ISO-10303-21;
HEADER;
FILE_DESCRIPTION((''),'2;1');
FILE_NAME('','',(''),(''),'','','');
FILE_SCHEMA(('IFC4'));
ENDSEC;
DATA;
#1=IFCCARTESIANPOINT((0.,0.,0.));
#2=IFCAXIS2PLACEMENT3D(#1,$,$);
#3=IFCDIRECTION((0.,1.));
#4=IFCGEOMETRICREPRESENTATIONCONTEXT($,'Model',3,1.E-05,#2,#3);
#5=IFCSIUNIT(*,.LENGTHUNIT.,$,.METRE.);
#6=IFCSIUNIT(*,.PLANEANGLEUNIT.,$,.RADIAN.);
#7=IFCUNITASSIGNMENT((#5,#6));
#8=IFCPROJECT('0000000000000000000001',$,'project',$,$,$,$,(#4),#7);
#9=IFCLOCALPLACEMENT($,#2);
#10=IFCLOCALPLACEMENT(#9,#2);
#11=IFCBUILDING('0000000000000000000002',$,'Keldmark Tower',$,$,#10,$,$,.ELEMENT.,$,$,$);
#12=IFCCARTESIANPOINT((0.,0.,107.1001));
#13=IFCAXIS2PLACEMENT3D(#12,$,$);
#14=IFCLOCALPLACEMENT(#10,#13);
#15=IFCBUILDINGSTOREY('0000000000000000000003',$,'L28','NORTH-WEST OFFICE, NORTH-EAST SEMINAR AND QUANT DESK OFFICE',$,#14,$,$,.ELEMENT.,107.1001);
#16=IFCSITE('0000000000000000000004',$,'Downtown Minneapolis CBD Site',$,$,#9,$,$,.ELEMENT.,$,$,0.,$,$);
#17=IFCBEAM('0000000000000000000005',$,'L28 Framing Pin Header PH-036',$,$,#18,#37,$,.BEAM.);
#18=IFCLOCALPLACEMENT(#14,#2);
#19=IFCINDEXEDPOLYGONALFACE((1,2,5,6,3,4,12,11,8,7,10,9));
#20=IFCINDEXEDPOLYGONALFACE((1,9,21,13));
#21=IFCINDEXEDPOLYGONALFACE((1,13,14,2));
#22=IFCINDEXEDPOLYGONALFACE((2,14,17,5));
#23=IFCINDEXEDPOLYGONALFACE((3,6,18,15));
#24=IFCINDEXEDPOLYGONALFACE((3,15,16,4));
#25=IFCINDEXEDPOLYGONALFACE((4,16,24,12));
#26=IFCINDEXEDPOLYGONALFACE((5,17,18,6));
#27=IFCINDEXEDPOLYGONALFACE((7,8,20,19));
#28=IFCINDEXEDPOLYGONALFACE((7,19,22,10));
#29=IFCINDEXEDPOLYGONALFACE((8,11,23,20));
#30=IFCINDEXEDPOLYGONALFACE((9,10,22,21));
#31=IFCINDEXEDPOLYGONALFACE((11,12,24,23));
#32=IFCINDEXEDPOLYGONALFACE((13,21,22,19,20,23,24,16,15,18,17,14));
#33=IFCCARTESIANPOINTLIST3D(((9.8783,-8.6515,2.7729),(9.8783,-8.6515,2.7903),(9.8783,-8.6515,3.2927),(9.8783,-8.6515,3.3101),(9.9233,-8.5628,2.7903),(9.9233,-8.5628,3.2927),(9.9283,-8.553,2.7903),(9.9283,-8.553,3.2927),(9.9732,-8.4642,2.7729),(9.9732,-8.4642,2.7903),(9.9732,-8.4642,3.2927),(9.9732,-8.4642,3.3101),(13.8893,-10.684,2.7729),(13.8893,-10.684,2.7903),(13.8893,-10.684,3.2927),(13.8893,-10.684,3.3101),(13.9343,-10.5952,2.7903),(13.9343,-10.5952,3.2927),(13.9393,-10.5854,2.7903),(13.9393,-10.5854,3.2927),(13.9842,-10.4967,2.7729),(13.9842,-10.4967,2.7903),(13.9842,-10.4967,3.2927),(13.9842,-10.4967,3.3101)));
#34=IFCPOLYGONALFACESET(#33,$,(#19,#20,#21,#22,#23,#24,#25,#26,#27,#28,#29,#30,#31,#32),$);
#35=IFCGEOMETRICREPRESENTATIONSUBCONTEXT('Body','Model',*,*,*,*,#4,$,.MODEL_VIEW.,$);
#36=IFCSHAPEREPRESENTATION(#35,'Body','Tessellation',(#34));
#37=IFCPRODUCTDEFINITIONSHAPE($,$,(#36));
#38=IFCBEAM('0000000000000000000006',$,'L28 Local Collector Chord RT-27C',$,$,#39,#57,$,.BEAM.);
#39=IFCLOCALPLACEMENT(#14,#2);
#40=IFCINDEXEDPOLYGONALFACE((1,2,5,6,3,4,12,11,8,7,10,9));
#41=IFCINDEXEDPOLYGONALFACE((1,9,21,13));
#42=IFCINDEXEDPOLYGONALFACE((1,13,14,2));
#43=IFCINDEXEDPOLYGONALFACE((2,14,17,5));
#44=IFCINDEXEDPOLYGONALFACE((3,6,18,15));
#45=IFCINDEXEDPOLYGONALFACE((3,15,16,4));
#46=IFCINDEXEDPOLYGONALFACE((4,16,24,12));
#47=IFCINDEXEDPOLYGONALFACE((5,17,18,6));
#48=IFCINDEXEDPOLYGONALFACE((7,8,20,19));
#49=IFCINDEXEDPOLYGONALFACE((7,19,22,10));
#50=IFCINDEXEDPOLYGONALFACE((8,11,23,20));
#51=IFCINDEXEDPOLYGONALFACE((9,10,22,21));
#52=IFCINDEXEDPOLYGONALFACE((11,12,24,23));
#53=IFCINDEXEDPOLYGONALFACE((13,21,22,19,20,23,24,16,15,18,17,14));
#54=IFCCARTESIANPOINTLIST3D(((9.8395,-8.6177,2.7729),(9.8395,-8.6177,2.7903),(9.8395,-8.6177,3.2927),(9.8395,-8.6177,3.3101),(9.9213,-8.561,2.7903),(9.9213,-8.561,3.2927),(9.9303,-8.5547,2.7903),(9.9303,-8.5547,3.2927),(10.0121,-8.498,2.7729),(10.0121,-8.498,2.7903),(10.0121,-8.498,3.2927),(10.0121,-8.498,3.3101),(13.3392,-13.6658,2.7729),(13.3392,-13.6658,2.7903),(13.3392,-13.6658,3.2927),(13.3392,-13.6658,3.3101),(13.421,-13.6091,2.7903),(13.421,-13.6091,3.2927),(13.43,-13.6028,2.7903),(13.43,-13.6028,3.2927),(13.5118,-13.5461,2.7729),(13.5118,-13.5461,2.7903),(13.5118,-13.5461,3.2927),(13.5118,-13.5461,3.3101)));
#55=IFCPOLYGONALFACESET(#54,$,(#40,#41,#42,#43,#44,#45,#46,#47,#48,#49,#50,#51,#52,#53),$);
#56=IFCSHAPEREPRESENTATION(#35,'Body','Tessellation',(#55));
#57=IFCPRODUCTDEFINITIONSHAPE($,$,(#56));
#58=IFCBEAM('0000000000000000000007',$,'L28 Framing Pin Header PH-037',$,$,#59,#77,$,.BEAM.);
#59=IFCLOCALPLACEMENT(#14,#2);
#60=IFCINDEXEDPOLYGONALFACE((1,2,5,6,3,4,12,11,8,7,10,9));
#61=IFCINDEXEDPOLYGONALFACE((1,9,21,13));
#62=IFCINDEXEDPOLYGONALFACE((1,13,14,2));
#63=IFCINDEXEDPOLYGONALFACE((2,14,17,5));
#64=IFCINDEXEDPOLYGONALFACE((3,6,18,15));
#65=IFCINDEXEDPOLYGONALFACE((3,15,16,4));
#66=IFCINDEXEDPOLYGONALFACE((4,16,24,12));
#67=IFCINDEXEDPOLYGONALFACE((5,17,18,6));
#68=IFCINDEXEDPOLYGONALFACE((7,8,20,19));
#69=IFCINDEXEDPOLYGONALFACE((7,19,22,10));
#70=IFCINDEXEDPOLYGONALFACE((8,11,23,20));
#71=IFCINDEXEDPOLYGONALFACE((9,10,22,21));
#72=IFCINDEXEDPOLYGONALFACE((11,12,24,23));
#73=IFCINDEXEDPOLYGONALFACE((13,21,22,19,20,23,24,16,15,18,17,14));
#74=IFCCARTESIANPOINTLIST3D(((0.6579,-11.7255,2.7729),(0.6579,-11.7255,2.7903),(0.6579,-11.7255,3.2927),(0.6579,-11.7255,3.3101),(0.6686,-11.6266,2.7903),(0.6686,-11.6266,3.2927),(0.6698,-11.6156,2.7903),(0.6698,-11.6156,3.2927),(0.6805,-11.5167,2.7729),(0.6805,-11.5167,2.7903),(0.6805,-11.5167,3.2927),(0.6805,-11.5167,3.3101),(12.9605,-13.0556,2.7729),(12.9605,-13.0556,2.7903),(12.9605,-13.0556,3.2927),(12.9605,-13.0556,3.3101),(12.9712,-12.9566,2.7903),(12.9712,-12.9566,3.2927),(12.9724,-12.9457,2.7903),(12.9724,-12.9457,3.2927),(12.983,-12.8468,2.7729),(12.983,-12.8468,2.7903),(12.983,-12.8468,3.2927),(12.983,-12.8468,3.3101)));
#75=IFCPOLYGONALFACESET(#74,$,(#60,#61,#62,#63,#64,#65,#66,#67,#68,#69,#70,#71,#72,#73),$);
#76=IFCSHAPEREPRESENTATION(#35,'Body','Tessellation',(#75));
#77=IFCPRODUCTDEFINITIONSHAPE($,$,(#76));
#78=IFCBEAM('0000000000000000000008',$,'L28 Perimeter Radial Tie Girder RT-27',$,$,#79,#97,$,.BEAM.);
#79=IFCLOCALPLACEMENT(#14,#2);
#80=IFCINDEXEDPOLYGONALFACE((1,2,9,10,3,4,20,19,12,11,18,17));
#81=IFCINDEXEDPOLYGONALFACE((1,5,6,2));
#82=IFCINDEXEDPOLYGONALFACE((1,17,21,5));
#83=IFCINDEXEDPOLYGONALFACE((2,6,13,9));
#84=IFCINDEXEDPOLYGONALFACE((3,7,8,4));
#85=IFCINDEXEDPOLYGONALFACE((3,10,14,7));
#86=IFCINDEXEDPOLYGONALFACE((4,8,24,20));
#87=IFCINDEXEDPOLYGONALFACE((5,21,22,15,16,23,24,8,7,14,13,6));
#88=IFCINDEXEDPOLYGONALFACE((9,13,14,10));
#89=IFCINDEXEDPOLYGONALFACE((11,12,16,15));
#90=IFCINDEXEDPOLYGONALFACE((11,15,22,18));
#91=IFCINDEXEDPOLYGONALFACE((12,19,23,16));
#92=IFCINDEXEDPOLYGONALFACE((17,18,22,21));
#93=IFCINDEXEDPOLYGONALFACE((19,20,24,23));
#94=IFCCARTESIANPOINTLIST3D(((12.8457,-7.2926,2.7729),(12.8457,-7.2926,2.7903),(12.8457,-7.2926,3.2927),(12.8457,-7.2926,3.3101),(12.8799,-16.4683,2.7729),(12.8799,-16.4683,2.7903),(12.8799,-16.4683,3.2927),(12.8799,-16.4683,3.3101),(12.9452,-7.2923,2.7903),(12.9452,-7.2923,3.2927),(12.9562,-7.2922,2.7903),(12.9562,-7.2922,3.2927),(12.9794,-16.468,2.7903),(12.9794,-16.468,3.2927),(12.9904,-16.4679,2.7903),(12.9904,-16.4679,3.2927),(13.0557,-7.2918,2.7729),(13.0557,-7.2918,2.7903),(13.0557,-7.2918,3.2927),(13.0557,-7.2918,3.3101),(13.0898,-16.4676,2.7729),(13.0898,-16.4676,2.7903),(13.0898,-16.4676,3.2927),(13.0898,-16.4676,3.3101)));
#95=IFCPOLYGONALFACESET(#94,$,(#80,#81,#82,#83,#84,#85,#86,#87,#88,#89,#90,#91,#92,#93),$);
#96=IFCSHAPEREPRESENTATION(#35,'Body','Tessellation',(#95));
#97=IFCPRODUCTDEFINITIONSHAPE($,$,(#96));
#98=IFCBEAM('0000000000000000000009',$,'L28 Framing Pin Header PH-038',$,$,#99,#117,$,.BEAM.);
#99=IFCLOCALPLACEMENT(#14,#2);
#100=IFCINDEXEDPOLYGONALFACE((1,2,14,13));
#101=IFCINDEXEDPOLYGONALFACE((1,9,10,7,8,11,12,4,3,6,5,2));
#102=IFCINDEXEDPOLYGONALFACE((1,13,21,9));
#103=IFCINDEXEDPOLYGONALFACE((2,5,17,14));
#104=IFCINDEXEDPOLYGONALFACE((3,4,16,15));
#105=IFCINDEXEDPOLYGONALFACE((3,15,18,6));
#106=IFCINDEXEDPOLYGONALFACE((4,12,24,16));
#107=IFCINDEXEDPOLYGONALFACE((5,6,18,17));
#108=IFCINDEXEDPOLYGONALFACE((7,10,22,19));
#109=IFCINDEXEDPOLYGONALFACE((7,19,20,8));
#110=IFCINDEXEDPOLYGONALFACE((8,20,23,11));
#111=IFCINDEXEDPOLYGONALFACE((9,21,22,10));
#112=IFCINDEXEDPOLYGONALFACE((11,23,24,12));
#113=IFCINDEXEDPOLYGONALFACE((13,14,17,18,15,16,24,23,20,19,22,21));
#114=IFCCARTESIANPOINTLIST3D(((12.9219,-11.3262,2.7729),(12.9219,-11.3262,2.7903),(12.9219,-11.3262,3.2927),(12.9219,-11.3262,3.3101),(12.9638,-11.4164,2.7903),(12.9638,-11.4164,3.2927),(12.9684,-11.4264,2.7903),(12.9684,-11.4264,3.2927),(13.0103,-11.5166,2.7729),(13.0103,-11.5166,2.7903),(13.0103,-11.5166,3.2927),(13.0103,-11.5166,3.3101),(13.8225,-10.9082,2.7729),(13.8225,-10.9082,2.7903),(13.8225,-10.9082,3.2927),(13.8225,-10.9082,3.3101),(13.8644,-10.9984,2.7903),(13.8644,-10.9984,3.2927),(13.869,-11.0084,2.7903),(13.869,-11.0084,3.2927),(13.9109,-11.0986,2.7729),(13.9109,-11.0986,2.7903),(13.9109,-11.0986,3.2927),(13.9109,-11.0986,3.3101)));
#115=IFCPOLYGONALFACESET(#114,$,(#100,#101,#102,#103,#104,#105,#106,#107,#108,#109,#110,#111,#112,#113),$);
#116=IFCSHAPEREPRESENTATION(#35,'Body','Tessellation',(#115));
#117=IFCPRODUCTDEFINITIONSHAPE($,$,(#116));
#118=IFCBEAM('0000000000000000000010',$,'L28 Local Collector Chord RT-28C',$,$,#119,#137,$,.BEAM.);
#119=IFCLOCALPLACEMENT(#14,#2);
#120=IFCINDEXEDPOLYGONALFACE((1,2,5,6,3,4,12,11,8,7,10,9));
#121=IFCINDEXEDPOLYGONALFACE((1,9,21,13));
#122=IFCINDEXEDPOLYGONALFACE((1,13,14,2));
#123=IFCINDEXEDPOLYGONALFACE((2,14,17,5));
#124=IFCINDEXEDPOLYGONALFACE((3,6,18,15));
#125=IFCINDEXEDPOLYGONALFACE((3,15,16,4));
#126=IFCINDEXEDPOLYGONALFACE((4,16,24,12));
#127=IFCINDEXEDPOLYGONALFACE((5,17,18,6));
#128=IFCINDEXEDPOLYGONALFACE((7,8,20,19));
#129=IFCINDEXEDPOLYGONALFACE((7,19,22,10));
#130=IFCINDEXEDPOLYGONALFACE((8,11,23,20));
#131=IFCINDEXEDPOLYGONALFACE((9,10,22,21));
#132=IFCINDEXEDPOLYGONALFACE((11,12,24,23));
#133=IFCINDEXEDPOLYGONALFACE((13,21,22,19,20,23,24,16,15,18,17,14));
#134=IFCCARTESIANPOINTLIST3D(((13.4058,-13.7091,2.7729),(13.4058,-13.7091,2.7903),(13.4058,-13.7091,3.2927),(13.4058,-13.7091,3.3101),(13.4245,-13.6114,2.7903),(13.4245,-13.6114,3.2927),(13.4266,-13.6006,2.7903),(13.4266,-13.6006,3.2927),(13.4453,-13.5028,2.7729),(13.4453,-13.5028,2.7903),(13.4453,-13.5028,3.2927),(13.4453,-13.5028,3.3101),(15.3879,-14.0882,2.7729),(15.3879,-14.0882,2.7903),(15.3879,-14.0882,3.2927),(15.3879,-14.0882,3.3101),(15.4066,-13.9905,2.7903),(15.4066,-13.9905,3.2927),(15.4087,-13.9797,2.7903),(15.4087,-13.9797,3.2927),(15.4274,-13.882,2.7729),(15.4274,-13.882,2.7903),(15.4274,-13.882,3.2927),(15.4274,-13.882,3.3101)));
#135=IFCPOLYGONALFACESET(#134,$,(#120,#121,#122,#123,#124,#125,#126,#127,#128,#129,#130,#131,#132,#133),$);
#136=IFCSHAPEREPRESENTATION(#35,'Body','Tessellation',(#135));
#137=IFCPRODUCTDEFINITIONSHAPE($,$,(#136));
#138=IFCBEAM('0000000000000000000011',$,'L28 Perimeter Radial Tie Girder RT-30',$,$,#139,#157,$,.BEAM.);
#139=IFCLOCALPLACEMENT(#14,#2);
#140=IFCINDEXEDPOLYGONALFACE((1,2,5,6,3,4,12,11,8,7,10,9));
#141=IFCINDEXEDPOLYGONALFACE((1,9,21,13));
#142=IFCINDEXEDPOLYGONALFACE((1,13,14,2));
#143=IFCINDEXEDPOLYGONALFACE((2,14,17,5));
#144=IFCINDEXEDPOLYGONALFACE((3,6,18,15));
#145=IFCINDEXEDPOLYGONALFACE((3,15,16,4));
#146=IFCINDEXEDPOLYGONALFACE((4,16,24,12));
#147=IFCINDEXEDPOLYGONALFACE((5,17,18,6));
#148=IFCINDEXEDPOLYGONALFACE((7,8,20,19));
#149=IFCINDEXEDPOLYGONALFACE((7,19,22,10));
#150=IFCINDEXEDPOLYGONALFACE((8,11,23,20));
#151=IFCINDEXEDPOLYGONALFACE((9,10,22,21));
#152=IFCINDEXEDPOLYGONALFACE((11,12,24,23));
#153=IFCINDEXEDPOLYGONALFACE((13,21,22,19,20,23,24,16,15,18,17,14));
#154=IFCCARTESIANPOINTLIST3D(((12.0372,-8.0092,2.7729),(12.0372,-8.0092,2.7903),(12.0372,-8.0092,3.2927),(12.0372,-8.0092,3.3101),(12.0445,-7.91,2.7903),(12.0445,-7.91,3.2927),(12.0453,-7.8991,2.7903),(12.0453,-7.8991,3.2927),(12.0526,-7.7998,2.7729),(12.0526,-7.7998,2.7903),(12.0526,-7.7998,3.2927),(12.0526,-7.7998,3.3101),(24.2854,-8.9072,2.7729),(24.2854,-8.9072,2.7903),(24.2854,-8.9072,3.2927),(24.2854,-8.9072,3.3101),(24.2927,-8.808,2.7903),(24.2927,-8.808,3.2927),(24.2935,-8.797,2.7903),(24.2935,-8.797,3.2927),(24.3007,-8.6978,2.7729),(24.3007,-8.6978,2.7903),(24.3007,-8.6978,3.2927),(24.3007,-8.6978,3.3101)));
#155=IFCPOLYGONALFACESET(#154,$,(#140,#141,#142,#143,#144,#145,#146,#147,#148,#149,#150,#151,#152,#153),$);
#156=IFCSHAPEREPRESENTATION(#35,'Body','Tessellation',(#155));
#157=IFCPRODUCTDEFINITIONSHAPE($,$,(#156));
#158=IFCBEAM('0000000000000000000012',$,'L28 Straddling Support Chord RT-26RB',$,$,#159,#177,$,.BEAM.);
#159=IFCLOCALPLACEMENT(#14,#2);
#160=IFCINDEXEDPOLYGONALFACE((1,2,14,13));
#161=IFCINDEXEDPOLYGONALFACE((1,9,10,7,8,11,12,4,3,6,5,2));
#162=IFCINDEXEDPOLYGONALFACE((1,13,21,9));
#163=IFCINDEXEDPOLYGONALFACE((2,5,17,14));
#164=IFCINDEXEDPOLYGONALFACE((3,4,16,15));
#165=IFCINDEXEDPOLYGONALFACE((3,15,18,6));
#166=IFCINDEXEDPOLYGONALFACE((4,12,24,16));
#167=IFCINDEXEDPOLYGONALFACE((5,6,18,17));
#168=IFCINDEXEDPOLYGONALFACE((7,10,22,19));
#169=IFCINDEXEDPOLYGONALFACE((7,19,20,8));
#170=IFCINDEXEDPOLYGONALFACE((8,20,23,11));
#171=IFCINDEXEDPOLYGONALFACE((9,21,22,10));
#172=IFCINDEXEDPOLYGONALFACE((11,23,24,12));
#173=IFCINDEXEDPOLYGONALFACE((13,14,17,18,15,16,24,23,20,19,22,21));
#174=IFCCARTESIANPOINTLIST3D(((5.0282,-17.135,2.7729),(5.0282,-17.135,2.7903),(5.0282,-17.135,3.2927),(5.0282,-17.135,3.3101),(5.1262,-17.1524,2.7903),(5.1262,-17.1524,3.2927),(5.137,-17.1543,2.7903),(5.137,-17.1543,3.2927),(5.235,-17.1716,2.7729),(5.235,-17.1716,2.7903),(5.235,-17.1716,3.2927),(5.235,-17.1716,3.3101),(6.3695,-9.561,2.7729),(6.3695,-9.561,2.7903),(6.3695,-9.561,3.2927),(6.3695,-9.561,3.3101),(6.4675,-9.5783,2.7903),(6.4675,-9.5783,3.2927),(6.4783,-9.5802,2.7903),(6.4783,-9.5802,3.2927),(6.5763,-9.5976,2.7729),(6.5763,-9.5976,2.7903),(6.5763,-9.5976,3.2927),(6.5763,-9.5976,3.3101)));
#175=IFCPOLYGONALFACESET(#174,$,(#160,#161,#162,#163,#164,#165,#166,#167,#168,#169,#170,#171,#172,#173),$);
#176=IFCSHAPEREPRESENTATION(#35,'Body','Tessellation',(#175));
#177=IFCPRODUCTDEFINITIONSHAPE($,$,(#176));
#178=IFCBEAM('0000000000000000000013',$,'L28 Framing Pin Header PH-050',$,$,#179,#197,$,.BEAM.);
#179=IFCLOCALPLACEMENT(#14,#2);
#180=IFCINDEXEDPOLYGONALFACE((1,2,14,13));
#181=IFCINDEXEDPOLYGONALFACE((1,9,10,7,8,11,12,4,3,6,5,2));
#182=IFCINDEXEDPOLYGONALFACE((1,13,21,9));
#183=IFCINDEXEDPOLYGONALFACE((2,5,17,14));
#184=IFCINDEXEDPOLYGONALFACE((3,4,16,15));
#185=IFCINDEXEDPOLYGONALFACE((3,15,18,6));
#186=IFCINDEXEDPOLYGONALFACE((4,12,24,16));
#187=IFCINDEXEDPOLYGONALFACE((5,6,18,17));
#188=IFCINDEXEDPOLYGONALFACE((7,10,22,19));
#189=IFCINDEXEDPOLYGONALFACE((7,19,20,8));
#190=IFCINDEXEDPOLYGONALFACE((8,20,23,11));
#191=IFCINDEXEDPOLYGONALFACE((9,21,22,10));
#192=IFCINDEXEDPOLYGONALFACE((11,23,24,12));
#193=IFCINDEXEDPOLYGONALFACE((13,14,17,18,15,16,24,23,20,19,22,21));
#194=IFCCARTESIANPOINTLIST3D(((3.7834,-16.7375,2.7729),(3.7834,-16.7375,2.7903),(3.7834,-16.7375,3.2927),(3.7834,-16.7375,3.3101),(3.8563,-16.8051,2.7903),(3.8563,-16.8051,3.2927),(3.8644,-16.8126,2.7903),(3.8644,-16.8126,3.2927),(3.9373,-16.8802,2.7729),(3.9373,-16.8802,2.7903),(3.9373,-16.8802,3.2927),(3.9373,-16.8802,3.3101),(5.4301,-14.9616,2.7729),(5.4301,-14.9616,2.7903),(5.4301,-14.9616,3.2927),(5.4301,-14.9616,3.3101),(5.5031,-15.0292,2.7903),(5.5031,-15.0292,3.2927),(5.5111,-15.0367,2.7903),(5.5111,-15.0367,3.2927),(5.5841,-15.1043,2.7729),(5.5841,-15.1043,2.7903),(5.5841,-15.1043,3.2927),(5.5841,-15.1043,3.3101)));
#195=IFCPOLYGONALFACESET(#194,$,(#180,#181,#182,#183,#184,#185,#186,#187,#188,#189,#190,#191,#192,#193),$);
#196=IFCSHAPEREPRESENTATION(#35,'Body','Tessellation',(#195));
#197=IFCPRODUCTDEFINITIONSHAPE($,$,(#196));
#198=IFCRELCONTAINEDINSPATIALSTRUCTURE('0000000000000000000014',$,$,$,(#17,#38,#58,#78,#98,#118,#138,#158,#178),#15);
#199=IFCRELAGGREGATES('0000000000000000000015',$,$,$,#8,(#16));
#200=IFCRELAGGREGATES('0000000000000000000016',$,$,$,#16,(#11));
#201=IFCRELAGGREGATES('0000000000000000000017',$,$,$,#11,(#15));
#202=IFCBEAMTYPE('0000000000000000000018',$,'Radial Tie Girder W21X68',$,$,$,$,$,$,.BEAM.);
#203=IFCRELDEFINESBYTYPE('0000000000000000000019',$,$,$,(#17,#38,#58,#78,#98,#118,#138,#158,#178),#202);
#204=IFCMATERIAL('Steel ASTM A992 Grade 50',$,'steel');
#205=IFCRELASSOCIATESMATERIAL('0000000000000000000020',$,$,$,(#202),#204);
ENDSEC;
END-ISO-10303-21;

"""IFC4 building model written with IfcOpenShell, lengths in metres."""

from ifc_helpers import new_model, si_unit, direction, frame, origin, origin_2d, place, context, subcontext, project, spatial, i_section, extrude, material, material_profile, profile_set, type_object, element, save


model = new_model("IFC4")

# Units and contexts
model_context = context("Model", 3, precision=1e-05, world=origin(), true_north=direction((0.0, 1.0)))
body_context = subcontext(model_context, "Body", "Model", "MODEL_VIEW")
ifc_project = project(units=[si_unit("LENGTHUNIT", "METRE"), si_unit("PLANEANGLEUNIT", "RADIAN")], contexts=[model_context])

# Site, building, storey
site_placement = place(None, origin())
site = spatial("IfcSite", under=ifc_project, at=site_placement, Name="Downtown Minneapolis CBD Site", CompositionType="ELEMENT", RefElevation=0.0)
building_placement = place(site_placement, origin())
building = spatial("IfcBuilding", under=site, at=building_placement, Name="Keldmark Tower", CompositionType="ELEMENT")
storey_placement = place(building_placement, frame((0.0, 0.0, 107.1001)))
storey = spatial("IfcBuildingStorey", under=building, at=storey_placement, Name="L28", Description="NORTH-WEST OFFICE, NORTH-EAST SEMINAR AND QUANT DESK OFFICE", CompositionType="ELEMENT", Elevation=107.1001)

# Beams
ifc_material_1 = material(Name="Steel ASTM A992 Grade 50", Category="steel")
ifc_material_profile_1 = material_profile(ifc_material_1, i_section(OverallWidth=0.21, OverallDepth=0.5371, WebThickness=0.011, FlangeThickness=0.0173, at=origin_2d()), Name="W21X68")
ifc_profile_set_1 = profile_set([ifc_material_profile_1], Name="Steel ASTM A992 Grade 50")
beam_type_1 = type_object("IfcBeamType", Name="Radial Tie Girder W21X68", PredefinedType="BEAM", material=ifc_profile_set_1)
beam_1_placement = place(storey_placement, frame((9.9258, -8.5579, 3.0415), z_axis=(0.892014, -0.452007, 0.0), x_axis=(0.452007, 0.892014, 0.0)))
element("IfcBeam", 1, at=beam_1_placement, inside=storey, type_object=beam_type_1, Name="L28 Framing Pin Header PH-036", PredefinedType="BEAM", context=body_context, shape_type="SweptSolid", body=[
    extrude(i_section(OverallWidth=0.21, OverallDepth=0.5371, WebThickness=0.011, FlangeThickness=0.0173, at=origin_2d()), origin(), (0.0, 0.0, 1.0), 4.4966),
])
beam_2_placement = place(storey_placement, frame((9.9258, -8.5579, 3.0415), z_axis=(0.569751, -0.821817, 0.0), x_axis=(0.821817, 0.569751, 0.0)))
element("IfcBeam", 2, at=beam_2_placement, inside=storey, type_object=beam_type_1, Name="L28 Local Collector Chord RT-27C", PredefinedType="BEAM", context=body_context, shape_type="SweptSolid", body=[
    extrude(i_section(OverallWidth=0.21, OverallDepth=0.5371, WebThickness=0.011, FlangeThickness=0.0173, at=origin_2d()), origin(), (0.0, 0.0, 1.0), 6.1426),
])
beam_3_placement = place(storey_placement, frame((0.6692, -11.6211, 3.0415), z_axis=(0.994206, -0.107488, 0.0), x_axis=(0.107488, 0.994206, 0.0)))
element("IfcBeam", 3, at=beam_3_placement, inside=storey, type_object=beam_type_1, Name="L28 Framing Pin Header PH-037", PredefinedType="BEAM", context=body_context, shape_type="SweptSolid", body=[
    extrude(i_section(OverallWidth=0.21, OverallDepth=0.5371, WebThickness=0.011, FlangeThickness=0.0173, at=origin_2d()), origin(), (0.0, 0.0, 1.0), 12.3743),
])
beam_4_placement = place(storey_placement, frame((12.9507, -7.2922, 3.0415), z_axis=(0.003725, -0.999993, 0.0), x_axis=(0.999993, 0.003725, 0.0)))
element("IfcBeam", 4, at=beam_4_placement, inside=storey, type_object=beam_type_1, Name="L28 Perimeter Radial Tie Girder RT-27", PredefinedType="BEAM", context=body_context, shape_type="SweptSolid", body=[
    extrude(i_section(OverallWidth=0.21, OverallDepth=0.5371, WebThickness=0.011, FlangeThickness=0.0173, at=origin_2d()), origin(), (0.0, 0.0, 1.0), 9.1758),
])
beam_5_placement = place(storey_placement, frame((12.9661, -11.4214, 3.0415), z_axis=(0.907079, 0.42096, 0.0), x_axis=(-0.42096, 0.907079, 0.0)))
element("IfcBeam", 5, at=beam_5_placement, inside=storey, type_object=beam_type_1, Name="L28 Framing Pin Header PH-038", PredefinedType="BEAM", context=body_context, shape_type="SweptSolid", body=[
    extrude(i_section(OverallWidth=0.21, OverallDepth=0.5371, WebThickness=0.011, FlangeThickness=0.0173, at=origin_2d()), origin(), (0.0, 0.0, 1.0), 0.9929),
])
beam_6_placement = place(storey_placement, frame((13.4255, -13.606, 3.0415), z_axis=(0.982193, -0.187874, 0.0), x_axis=(0.187874, 0.982193, 0.0)))
element("IfcBeam", 6, at=beam_6_placement, inside=storey, type_object=beam_type_1, Name="L28 Local Collector Chord RT-28C", PredefinedType="BEAM", context=body_context, shape_type="SweptSolid", body=[
    extrude(i_section(OverallWidth=0.21, OverallDepth=0.5371, WebThickness=0.011, FlangeThickness=0.0173, at=origin_2d()), origin(), (0.0, 0.0, 1.0), 2.0181),
])
beam_7_placement = place(storey_placement, frame((12.0449, -7.9045, 3.0415), z_axis=(0.997323, -0.073117, 0.0), x_axis=(0.073117, 0.997323, 0.0)))
element("IfcBeam", 7, at=beam_7_placement, inside=storey, type_object=beam_type_1, Name="L28 Perimeter Radial Tie Girder RT-30", PredefinedType="BEAM", context=body_context, shape_type="SweptSolid", body=[
    extrude(i_section(OverallWidth=0.21, OverallDepth=0.5371, WebThickness=0.011, FlangeThickness=0.0173, at=origin_2d()), origin(), (0.0, 0.0, 1.0), 12.281),
])
beam_8_placement = place(storey_placement, frame((5.1316, -17.1533, 3.0415), z_axis=(0.174381, 0.984678, 0.0), x_axis=(-0.984678, 0.174381, 0.0)))
element("IfcBeam", 8, at=beam_8_placement, inside=storey, type_object=beam_type_1, Name="L28 Straddling Support Chord RT-26RB", PredefinedType="BEAM", context=body_context, shape_type="SweptSolid", body=[
    extrude(i_section(OverallWidth=0.21, OverallDepth=0.5371, WebThickness=0.011, FlangeThickness=0.0173, at=origin_2d()), origin(), (0.0, 0.0, 1.0), 7.6919),
])
beam_9_placement = place(storey_placement, frame((3.8604, -16.8088, 3.0415), z_axis=(0.679941, 0.733267, 0.0), x_axis=(-0.733267, 0.679941, 0.0)))
element("IfcBeam", 9, at=beam_9_placement, inside=storey, type_object=beam_type_1, Name="L28 Framing Pin Header PH-050", PredefinedType="BEAM", context=body_context, shape_type="SweptSolid", body=[
    extrude(i_section(OverallWidth=0.21, OverallDepth=0.5371, WebThickness=0.011, FlangeThickness=0.0173, at=origin_2d()), origin(), (0.0, 0.0, 1.0), 2.4219),
])

save(model, "model.ifc")
